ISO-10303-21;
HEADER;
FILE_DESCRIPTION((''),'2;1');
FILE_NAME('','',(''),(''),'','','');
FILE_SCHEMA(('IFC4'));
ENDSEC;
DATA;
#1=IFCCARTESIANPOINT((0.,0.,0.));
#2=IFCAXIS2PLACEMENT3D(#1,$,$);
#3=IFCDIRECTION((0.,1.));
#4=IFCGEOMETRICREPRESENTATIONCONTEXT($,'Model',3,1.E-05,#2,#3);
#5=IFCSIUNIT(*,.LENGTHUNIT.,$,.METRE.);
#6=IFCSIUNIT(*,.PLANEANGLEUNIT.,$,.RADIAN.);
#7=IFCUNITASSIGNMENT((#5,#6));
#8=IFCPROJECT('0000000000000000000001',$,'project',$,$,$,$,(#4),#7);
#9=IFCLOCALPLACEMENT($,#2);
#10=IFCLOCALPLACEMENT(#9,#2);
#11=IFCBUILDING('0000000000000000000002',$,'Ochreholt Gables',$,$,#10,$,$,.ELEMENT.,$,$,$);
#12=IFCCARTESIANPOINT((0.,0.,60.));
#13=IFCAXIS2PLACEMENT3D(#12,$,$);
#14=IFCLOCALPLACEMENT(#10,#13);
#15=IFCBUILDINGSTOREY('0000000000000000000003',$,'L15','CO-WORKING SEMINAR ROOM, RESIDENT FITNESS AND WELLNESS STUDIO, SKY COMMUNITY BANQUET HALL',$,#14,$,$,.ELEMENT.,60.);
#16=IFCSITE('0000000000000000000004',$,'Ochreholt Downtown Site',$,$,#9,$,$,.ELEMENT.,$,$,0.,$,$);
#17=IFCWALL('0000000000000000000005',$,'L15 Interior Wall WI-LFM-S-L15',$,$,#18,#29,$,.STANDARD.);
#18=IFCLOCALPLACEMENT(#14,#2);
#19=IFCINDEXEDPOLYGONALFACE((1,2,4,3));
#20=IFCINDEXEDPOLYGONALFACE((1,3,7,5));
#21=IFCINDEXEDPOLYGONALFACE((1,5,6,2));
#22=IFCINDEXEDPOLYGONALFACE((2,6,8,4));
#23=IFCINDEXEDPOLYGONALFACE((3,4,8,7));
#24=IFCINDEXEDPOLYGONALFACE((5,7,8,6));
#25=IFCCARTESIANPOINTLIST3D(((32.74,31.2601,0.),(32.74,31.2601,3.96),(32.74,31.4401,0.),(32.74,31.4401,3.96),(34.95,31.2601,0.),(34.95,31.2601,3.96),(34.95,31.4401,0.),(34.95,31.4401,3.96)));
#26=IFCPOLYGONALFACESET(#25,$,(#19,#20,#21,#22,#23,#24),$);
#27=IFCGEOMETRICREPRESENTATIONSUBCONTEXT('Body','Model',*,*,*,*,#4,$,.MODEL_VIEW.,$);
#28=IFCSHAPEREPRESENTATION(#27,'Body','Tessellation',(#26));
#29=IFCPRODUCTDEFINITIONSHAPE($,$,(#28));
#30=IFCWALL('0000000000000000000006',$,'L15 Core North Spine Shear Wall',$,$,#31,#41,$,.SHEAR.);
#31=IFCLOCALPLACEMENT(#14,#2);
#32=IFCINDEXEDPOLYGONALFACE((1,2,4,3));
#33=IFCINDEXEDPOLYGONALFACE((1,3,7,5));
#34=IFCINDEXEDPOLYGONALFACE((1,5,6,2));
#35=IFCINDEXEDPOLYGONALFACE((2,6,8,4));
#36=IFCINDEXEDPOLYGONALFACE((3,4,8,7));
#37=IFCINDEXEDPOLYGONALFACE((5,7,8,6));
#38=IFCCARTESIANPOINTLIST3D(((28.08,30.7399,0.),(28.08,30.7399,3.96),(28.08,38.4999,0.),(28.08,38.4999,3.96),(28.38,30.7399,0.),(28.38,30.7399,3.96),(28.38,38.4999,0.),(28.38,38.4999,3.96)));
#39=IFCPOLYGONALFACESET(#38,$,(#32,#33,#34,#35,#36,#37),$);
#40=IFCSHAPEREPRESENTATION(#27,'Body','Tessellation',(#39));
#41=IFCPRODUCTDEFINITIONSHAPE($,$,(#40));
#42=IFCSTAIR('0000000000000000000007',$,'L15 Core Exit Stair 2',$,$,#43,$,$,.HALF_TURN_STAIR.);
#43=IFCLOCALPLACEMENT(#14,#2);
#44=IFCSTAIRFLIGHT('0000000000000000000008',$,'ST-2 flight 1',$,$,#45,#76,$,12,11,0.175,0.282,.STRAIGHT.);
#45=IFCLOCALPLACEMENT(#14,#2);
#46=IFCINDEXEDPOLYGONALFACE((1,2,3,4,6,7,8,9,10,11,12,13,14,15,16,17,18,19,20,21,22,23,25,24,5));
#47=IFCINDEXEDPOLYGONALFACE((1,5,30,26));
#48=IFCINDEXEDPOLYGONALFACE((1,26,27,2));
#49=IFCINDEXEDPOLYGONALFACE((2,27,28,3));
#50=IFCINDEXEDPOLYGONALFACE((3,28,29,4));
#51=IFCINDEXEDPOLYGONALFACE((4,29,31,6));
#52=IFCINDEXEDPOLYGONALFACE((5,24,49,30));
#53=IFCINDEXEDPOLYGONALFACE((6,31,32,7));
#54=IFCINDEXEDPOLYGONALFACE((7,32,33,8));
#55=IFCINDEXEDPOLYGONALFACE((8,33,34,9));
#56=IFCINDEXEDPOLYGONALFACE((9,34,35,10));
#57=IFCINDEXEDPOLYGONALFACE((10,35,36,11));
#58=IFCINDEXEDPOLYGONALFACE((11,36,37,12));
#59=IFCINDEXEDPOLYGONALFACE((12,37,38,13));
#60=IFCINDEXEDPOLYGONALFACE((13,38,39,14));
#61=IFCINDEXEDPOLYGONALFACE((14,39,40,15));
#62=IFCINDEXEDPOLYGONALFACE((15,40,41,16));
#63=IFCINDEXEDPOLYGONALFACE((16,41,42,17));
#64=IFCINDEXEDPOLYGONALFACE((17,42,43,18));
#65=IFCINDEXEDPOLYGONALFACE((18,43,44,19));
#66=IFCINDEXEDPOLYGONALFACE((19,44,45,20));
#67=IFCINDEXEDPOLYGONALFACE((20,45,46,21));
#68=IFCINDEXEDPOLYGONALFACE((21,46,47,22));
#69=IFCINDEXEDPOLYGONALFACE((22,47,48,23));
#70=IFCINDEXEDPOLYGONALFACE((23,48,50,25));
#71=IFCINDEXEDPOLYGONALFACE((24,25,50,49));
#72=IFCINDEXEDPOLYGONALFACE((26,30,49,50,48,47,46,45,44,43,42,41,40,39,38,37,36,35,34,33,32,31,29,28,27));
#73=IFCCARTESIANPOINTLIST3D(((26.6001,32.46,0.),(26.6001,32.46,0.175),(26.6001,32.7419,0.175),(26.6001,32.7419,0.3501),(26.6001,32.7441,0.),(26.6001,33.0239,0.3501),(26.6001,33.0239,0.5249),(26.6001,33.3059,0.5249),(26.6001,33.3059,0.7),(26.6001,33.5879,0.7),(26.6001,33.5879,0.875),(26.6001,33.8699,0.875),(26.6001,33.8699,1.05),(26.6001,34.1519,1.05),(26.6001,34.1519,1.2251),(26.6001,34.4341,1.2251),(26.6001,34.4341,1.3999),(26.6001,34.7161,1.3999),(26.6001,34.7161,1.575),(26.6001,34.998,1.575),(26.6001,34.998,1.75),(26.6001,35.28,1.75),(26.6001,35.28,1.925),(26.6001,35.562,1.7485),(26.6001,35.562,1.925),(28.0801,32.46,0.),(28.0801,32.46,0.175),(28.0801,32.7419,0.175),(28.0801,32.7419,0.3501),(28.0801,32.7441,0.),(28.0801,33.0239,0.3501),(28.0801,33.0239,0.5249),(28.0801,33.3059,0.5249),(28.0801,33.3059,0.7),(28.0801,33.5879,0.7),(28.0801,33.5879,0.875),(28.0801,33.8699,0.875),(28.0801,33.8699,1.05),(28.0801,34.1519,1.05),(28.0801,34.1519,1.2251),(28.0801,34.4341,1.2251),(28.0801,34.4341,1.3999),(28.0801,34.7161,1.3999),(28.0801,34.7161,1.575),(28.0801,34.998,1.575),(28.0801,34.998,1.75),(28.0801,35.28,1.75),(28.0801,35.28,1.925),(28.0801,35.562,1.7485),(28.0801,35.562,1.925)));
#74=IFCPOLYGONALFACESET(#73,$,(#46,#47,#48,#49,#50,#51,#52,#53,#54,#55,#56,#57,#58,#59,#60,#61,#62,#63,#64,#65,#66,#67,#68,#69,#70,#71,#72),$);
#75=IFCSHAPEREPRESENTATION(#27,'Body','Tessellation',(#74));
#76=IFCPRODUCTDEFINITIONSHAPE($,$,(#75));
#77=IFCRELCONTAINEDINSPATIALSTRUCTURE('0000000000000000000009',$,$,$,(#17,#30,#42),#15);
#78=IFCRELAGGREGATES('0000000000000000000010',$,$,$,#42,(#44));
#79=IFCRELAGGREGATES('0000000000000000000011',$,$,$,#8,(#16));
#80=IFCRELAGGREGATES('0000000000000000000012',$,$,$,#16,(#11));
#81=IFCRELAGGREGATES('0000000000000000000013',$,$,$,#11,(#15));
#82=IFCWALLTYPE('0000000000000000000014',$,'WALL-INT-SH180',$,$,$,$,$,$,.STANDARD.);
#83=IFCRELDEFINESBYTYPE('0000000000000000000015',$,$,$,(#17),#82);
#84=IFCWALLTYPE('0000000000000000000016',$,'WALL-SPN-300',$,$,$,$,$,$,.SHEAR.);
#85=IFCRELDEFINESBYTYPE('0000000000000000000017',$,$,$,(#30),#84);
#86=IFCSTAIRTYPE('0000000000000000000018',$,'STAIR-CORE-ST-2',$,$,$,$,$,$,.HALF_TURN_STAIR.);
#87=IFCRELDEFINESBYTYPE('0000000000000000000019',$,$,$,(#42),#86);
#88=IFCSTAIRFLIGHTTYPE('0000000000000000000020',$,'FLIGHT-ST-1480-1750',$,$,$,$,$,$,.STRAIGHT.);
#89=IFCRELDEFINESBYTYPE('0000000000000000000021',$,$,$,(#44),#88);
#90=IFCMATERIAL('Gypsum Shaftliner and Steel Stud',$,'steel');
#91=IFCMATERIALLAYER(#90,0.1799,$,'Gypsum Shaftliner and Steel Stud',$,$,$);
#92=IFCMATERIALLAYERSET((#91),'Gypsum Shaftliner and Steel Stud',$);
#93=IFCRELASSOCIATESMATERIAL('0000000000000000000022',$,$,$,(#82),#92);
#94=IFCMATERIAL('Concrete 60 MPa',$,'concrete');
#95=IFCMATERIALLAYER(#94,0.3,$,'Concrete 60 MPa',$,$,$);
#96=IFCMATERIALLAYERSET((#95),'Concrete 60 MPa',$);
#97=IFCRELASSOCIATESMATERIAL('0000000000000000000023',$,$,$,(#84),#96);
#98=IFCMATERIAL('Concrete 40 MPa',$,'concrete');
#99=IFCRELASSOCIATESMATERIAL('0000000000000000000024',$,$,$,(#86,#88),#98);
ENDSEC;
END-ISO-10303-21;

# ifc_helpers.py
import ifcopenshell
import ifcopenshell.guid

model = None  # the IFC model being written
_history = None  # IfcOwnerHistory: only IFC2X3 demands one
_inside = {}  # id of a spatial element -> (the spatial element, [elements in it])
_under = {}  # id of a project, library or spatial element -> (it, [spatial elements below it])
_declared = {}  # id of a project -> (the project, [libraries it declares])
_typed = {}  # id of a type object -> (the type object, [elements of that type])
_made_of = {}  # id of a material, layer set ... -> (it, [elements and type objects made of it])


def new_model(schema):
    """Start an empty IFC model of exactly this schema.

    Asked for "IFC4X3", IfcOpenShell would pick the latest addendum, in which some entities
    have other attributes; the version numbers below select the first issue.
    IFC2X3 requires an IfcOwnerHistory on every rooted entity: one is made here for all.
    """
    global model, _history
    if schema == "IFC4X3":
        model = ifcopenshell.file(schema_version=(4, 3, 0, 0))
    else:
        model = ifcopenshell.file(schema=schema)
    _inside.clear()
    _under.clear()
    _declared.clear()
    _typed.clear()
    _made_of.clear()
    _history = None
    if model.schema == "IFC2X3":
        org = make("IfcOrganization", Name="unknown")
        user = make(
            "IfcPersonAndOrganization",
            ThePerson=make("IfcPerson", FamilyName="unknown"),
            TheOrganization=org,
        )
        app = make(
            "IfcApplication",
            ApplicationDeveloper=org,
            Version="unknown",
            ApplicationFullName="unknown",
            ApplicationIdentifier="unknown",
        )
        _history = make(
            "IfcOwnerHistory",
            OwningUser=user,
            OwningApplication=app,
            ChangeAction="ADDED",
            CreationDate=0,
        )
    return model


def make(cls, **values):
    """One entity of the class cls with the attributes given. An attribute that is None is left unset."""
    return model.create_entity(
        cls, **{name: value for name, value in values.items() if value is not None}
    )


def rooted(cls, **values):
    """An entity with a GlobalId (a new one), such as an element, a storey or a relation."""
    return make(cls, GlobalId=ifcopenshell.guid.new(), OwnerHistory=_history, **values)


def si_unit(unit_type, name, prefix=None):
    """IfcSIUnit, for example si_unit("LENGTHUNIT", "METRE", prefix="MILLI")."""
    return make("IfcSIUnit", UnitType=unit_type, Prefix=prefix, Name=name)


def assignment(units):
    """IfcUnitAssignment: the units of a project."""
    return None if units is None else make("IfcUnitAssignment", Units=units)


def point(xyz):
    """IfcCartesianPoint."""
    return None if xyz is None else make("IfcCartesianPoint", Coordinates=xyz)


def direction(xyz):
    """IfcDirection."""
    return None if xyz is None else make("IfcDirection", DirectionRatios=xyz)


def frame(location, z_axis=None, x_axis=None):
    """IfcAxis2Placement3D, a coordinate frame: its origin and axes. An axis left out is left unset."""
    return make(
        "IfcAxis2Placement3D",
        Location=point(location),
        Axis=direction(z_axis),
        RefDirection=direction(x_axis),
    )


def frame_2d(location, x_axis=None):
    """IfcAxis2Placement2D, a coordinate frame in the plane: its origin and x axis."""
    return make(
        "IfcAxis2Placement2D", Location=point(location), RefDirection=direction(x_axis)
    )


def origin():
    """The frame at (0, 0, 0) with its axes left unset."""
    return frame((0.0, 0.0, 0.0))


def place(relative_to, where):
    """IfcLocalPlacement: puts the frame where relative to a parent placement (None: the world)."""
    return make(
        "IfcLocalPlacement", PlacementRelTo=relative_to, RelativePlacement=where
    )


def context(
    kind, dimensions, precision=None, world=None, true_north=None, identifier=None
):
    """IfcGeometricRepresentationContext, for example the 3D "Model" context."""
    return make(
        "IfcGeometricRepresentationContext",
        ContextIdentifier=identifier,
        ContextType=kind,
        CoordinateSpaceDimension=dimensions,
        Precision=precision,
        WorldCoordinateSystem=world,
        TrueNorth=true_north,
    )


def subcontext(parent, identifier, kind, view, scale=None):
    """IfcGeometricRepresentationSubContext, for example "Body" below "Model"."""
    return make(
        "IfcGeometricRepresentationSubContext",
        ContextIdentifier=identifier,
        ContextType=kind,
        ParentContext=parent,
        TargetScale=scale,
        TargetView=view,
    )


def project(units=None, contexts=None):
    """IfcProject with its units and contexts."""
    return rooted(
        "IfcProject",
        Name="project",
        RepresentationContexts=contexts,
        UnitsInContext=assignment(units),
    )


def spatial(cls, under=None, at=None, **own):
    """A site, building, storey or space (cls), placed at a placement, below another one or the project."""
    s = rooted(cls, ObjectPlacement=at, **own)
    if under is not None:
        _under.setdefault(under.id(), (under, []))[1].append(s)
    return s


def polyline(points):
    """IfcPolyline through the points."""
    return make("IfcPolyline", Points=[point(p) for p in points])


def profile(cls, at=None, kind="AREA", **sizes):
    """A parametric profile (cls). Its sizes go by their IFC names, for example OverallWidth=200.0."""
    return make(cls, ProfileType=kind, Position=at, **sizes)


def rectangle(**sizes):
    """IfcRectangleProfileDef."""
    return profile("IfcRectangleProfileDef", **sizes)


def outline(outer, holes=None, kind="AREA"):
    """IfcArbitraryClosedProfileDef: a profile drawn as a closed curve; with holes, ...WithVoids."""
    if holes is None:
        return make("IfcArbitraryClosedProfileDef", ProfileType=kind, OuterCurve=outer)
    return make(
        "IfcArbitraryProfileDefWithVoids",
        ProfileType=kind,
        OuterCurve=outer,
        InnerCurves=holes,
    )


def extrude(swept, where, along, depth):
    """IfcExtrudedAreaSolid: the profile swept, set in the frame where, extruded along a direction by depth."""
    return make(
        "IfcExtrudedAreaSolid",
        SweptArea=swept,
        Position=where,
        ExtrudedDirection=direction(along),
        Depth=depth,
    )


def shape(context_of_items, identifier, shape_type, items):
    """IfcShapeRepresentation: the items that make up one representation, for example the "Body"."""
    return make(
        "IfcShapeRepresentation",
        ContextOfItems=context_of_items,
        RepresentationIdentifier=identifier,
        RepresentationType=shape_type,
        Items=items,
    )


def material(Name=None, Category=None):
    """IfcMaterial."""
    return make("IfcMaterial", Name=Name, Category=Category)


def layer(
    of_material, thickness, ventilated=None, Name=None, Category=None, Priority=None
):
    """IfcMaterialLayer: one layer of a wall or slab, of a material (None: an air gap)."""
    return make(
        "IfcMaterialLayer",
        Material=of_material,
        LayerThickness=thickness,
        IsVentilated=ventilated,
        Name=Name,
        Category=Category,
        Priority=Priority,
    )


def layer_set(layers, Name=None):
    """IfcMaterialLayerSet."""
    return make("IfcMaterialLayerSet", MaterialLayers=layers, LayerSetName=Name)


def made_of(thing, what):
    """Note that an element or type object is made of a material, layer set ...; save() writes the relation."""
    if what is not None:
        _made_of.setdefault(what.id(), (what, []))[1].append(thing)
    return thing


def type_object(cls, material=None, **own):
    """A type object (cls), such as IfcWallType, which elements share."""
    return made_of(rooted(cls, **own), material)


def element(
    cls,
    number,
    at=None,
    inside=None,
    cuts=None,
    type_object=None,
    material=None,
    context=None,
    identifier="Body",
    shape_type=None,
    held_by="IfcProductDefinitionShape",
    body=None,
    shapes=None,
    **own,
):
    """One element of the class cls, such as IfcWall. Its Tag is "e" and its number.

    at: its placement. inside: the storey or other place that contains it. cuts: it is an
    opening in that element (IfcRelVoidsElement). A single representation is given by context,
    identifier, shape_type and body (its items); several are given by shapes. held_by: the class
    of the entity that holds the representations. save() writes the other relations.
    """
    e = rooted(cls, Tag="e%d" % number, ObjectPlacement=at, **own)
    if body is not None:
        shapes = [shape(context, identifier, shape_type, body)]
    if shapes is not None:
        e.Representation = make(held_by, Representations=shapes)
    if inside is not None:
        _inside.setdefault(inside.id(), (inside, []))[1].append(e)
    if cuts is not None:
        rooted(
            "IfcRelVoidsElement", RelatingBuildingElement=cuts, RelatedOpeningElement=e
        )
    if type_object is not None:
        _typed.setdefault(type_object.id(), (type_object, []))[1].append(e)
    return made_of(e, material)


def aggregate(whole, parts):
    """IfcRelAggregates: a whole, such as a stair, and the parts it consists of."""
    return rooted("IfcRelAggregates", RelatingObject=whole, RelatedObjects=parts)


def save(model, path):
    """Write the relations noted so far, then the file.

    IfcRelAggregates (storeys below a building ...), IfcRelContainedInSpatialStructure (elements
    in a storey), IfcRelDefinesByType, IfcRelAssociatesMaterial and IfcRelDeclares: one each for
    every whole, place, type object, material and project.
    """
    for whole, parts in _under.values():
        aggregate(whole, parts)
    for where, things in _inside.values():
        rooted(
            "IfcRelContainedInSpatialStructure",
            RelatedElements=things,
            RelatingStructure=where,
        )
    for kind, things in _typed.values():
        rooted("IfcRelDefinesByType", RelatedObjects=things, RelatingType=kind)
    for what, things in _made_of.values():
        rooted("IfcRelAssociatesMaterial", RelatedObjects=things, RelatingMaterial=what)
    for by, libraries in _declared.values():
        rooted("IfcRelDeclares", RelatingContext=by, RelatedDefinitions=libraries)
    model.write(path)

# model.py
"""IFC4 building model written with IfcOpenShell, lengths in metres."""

from ifc_helpers import new_model, si_unit, direction, frame, frame_2d, origin, place, context, subcontext, project, spatial, polyline, rectangle, outline, extrude, material, layer, layer_set, type_object, element, aggregate, save


model = new_model("IFC4")

# Units and contexts
model_context = context("Model", 3, precision=1e-05, world=origin(), true_north=direction((0.0, 1.0)))
body_context = subcontext(model_context, "Body", "Model", "MODEL_VIEW")
ifc_project = project(units=[si_unit("LENGTHUNIT", "METRE"), si_unit("PLANEANGLEUNIT", "RADIAN")], contexts=[model_context])

# Site, building, storey
site_placement = place(None, origin())
site = spatial("IfcSite", under=ifc_project, at=site_placement, Name="Ochreholt Downtown Site", CompositionType="ELEMENT", RefElevation=0.0)
building_placement = place(site_placement, origin())
building = spatial("IfcBuilding", under=site, at=building_placement, Name="Ochreholt Gables", CompositionType="ELEMENT")
storey_placement = place(building_placement, frame((0.0, 0.0, 60.0)))
storey = spatial("IfcBuildingStorey", under=building, at=storey_placement, Name="L15", Description="CO-WORKING SEMINAR ROOM, RESIDENT FITNESS AND WELLNESS STUDIO, SKY COMMUNITY BANQUET HALL", CompositionType="ELEMENT", Elevation=60.0)

# Shared definitions
ifc_material_1 = material(Name="Concrete 60 MPa", Category="concrete")

# Shared definitions
ifc_material_2 = material(Name="Concrete 40 MPa", Category="concrete")

# Walls
ifc_material_3 = material(Name="Gypsum Shaftliner and Steel Stud", Category="steel")
ifc_layer_1 = layer(ifc_material_3, 0.1799, Name="Gypsum Shaftliner and Steel Stud")
ifc_layer_set_1 = layer_set([ifc_layer_1], Name="Gypsum Shaftliner and Steel Stud")
wall_type_1 = type_object("IfcWallType", Name="WALL-INT-SH180", PredefinedType="STANDARD", material=ifc_layer_set_1)
wall_1_placement = place(storey_placement, frame((32.74, 31.3501, 0.0), z_axis=(0.0, 0.0, 1.0), x_axis=(1.0, 0.0, 0.0)))
element("IfcWall", 1, at=wall_1_placement, inside=storey, type_object=wall_type_1, Name="L15 Interior Wall WI-LFM-S-L15", PredefinedType="STANDARD", context=body_context, shape_type="SweptSolid", body=[
    extrude(rectangle(XDim=2.21, YDim=0.1799, at=frame_2d((1.105, 0.0))), origin(), (0.0, 0.0, 1.0), 3.96),
])
ifc_layer_2 = layer(ifc_material_1, 0.3, Name="Concrete 60 MPa")
ifc_layer_set_2 = layer_set([ifc_layer_2], Name="Concrete 60 MPa")
wall_type_2 = type_object("IfcWallType", Name="WALL-SPN-300", PredefinedType="SHEAR", material=ifc_layer_set_2)
wall_2_placement = place(storey_placement, frame((28.23, 30.74, 0.0), z_axis=(0.0, 0.0, 1.0), x_axis=(0.0, 1.0, 0.0)))
element("IfcWall", 2, at=wall_2_placement, inside=storey, type_object=wall_type_2, Name="L15 Core North Spine Shear Wall", PredefinedType="SHEAR", context=body_context, shape_type="SweptSolid", body=[
    extrude(rectangle(XDim=7.76, YDim=0.3, at=frame_2d((3.8799, 0.0))), origin(), (0.0, 0.0, 1.0), 3.96),
])

# Stair, stair flight
stair_type = type_object("IfcStairType", Name="STAIR-CORE-ST-2", PredefinedType="HALF_TURN_STAIR", material=ifc_material_2)
stair_placement = place(storey_placement, origin())
stair = element("IfcStair", 3, at=stair_placement, inside=storey, type_object=stair_type, Name="L15 Core Exit Stair 2", PredefinedType="HALF_TURN_STAIR")
stair_flight_type = type_object("IfcStairFlightType", Name="FLIGHT-ST-1480-1750", PredefinedType="STRAIGHT", material=ifc_material_2)
stair_flight_placement = place(storey_placement, frame((27.3401, 32.46, 0.0), z_axis=(0.0, 0.0, 1.0), x_axis=(0.0, 1.0, 0.0)))
stair_flight = element("IfcStairFlight", 4, at=stair_flight_placement, type_object=stair_flight_type, Name="ST-2 flight 1", NumberOfRisers=12, NumberOfTreads=11, PredefinedType="STRAIGHT", RiserHeight=0.175, TreadLength=0.282, context=body_context, shape_type="SweptSolid", body=[
    extrude(outline(polyline([(0.0, 0.0), (0.0, 0.175), (0.282, 0.175), (0.282, 0.3501), (0.564, 0.3501), (0.564, 0.5249), (0.8459, 0.5249), (0.8459, 0.7), (1.1279, 0.7), (1.1279, 0.875), (1.4099, 0.875), (1.4099, 1.05), (1.6919, 1.05), (1.6919, 1.2251), (1.9741, 1.2251), (1.9741, 1.3999), (2.2561, 1.3999), (2.2561, 1.575), (2.5381, 1.575), (2.5381, 1.75), (2.8201, 1.75), (2.8201, 1.925), (3.1021, 1.925), (3.1021, 2.1001), (3.1021, 1.7485), (0.2842, 0.0), (0.0, 0.0)])), frame((0.0, 0.74, 0.0), z_axis=(0.0, -1.0, 0.0), x_axis=(1.0, 0.0, 0.0)), (0.0, 0.0, 1.0), 1.48),
])
aggregate(stair, [stair_flight])

save(model, "model.ifc")
